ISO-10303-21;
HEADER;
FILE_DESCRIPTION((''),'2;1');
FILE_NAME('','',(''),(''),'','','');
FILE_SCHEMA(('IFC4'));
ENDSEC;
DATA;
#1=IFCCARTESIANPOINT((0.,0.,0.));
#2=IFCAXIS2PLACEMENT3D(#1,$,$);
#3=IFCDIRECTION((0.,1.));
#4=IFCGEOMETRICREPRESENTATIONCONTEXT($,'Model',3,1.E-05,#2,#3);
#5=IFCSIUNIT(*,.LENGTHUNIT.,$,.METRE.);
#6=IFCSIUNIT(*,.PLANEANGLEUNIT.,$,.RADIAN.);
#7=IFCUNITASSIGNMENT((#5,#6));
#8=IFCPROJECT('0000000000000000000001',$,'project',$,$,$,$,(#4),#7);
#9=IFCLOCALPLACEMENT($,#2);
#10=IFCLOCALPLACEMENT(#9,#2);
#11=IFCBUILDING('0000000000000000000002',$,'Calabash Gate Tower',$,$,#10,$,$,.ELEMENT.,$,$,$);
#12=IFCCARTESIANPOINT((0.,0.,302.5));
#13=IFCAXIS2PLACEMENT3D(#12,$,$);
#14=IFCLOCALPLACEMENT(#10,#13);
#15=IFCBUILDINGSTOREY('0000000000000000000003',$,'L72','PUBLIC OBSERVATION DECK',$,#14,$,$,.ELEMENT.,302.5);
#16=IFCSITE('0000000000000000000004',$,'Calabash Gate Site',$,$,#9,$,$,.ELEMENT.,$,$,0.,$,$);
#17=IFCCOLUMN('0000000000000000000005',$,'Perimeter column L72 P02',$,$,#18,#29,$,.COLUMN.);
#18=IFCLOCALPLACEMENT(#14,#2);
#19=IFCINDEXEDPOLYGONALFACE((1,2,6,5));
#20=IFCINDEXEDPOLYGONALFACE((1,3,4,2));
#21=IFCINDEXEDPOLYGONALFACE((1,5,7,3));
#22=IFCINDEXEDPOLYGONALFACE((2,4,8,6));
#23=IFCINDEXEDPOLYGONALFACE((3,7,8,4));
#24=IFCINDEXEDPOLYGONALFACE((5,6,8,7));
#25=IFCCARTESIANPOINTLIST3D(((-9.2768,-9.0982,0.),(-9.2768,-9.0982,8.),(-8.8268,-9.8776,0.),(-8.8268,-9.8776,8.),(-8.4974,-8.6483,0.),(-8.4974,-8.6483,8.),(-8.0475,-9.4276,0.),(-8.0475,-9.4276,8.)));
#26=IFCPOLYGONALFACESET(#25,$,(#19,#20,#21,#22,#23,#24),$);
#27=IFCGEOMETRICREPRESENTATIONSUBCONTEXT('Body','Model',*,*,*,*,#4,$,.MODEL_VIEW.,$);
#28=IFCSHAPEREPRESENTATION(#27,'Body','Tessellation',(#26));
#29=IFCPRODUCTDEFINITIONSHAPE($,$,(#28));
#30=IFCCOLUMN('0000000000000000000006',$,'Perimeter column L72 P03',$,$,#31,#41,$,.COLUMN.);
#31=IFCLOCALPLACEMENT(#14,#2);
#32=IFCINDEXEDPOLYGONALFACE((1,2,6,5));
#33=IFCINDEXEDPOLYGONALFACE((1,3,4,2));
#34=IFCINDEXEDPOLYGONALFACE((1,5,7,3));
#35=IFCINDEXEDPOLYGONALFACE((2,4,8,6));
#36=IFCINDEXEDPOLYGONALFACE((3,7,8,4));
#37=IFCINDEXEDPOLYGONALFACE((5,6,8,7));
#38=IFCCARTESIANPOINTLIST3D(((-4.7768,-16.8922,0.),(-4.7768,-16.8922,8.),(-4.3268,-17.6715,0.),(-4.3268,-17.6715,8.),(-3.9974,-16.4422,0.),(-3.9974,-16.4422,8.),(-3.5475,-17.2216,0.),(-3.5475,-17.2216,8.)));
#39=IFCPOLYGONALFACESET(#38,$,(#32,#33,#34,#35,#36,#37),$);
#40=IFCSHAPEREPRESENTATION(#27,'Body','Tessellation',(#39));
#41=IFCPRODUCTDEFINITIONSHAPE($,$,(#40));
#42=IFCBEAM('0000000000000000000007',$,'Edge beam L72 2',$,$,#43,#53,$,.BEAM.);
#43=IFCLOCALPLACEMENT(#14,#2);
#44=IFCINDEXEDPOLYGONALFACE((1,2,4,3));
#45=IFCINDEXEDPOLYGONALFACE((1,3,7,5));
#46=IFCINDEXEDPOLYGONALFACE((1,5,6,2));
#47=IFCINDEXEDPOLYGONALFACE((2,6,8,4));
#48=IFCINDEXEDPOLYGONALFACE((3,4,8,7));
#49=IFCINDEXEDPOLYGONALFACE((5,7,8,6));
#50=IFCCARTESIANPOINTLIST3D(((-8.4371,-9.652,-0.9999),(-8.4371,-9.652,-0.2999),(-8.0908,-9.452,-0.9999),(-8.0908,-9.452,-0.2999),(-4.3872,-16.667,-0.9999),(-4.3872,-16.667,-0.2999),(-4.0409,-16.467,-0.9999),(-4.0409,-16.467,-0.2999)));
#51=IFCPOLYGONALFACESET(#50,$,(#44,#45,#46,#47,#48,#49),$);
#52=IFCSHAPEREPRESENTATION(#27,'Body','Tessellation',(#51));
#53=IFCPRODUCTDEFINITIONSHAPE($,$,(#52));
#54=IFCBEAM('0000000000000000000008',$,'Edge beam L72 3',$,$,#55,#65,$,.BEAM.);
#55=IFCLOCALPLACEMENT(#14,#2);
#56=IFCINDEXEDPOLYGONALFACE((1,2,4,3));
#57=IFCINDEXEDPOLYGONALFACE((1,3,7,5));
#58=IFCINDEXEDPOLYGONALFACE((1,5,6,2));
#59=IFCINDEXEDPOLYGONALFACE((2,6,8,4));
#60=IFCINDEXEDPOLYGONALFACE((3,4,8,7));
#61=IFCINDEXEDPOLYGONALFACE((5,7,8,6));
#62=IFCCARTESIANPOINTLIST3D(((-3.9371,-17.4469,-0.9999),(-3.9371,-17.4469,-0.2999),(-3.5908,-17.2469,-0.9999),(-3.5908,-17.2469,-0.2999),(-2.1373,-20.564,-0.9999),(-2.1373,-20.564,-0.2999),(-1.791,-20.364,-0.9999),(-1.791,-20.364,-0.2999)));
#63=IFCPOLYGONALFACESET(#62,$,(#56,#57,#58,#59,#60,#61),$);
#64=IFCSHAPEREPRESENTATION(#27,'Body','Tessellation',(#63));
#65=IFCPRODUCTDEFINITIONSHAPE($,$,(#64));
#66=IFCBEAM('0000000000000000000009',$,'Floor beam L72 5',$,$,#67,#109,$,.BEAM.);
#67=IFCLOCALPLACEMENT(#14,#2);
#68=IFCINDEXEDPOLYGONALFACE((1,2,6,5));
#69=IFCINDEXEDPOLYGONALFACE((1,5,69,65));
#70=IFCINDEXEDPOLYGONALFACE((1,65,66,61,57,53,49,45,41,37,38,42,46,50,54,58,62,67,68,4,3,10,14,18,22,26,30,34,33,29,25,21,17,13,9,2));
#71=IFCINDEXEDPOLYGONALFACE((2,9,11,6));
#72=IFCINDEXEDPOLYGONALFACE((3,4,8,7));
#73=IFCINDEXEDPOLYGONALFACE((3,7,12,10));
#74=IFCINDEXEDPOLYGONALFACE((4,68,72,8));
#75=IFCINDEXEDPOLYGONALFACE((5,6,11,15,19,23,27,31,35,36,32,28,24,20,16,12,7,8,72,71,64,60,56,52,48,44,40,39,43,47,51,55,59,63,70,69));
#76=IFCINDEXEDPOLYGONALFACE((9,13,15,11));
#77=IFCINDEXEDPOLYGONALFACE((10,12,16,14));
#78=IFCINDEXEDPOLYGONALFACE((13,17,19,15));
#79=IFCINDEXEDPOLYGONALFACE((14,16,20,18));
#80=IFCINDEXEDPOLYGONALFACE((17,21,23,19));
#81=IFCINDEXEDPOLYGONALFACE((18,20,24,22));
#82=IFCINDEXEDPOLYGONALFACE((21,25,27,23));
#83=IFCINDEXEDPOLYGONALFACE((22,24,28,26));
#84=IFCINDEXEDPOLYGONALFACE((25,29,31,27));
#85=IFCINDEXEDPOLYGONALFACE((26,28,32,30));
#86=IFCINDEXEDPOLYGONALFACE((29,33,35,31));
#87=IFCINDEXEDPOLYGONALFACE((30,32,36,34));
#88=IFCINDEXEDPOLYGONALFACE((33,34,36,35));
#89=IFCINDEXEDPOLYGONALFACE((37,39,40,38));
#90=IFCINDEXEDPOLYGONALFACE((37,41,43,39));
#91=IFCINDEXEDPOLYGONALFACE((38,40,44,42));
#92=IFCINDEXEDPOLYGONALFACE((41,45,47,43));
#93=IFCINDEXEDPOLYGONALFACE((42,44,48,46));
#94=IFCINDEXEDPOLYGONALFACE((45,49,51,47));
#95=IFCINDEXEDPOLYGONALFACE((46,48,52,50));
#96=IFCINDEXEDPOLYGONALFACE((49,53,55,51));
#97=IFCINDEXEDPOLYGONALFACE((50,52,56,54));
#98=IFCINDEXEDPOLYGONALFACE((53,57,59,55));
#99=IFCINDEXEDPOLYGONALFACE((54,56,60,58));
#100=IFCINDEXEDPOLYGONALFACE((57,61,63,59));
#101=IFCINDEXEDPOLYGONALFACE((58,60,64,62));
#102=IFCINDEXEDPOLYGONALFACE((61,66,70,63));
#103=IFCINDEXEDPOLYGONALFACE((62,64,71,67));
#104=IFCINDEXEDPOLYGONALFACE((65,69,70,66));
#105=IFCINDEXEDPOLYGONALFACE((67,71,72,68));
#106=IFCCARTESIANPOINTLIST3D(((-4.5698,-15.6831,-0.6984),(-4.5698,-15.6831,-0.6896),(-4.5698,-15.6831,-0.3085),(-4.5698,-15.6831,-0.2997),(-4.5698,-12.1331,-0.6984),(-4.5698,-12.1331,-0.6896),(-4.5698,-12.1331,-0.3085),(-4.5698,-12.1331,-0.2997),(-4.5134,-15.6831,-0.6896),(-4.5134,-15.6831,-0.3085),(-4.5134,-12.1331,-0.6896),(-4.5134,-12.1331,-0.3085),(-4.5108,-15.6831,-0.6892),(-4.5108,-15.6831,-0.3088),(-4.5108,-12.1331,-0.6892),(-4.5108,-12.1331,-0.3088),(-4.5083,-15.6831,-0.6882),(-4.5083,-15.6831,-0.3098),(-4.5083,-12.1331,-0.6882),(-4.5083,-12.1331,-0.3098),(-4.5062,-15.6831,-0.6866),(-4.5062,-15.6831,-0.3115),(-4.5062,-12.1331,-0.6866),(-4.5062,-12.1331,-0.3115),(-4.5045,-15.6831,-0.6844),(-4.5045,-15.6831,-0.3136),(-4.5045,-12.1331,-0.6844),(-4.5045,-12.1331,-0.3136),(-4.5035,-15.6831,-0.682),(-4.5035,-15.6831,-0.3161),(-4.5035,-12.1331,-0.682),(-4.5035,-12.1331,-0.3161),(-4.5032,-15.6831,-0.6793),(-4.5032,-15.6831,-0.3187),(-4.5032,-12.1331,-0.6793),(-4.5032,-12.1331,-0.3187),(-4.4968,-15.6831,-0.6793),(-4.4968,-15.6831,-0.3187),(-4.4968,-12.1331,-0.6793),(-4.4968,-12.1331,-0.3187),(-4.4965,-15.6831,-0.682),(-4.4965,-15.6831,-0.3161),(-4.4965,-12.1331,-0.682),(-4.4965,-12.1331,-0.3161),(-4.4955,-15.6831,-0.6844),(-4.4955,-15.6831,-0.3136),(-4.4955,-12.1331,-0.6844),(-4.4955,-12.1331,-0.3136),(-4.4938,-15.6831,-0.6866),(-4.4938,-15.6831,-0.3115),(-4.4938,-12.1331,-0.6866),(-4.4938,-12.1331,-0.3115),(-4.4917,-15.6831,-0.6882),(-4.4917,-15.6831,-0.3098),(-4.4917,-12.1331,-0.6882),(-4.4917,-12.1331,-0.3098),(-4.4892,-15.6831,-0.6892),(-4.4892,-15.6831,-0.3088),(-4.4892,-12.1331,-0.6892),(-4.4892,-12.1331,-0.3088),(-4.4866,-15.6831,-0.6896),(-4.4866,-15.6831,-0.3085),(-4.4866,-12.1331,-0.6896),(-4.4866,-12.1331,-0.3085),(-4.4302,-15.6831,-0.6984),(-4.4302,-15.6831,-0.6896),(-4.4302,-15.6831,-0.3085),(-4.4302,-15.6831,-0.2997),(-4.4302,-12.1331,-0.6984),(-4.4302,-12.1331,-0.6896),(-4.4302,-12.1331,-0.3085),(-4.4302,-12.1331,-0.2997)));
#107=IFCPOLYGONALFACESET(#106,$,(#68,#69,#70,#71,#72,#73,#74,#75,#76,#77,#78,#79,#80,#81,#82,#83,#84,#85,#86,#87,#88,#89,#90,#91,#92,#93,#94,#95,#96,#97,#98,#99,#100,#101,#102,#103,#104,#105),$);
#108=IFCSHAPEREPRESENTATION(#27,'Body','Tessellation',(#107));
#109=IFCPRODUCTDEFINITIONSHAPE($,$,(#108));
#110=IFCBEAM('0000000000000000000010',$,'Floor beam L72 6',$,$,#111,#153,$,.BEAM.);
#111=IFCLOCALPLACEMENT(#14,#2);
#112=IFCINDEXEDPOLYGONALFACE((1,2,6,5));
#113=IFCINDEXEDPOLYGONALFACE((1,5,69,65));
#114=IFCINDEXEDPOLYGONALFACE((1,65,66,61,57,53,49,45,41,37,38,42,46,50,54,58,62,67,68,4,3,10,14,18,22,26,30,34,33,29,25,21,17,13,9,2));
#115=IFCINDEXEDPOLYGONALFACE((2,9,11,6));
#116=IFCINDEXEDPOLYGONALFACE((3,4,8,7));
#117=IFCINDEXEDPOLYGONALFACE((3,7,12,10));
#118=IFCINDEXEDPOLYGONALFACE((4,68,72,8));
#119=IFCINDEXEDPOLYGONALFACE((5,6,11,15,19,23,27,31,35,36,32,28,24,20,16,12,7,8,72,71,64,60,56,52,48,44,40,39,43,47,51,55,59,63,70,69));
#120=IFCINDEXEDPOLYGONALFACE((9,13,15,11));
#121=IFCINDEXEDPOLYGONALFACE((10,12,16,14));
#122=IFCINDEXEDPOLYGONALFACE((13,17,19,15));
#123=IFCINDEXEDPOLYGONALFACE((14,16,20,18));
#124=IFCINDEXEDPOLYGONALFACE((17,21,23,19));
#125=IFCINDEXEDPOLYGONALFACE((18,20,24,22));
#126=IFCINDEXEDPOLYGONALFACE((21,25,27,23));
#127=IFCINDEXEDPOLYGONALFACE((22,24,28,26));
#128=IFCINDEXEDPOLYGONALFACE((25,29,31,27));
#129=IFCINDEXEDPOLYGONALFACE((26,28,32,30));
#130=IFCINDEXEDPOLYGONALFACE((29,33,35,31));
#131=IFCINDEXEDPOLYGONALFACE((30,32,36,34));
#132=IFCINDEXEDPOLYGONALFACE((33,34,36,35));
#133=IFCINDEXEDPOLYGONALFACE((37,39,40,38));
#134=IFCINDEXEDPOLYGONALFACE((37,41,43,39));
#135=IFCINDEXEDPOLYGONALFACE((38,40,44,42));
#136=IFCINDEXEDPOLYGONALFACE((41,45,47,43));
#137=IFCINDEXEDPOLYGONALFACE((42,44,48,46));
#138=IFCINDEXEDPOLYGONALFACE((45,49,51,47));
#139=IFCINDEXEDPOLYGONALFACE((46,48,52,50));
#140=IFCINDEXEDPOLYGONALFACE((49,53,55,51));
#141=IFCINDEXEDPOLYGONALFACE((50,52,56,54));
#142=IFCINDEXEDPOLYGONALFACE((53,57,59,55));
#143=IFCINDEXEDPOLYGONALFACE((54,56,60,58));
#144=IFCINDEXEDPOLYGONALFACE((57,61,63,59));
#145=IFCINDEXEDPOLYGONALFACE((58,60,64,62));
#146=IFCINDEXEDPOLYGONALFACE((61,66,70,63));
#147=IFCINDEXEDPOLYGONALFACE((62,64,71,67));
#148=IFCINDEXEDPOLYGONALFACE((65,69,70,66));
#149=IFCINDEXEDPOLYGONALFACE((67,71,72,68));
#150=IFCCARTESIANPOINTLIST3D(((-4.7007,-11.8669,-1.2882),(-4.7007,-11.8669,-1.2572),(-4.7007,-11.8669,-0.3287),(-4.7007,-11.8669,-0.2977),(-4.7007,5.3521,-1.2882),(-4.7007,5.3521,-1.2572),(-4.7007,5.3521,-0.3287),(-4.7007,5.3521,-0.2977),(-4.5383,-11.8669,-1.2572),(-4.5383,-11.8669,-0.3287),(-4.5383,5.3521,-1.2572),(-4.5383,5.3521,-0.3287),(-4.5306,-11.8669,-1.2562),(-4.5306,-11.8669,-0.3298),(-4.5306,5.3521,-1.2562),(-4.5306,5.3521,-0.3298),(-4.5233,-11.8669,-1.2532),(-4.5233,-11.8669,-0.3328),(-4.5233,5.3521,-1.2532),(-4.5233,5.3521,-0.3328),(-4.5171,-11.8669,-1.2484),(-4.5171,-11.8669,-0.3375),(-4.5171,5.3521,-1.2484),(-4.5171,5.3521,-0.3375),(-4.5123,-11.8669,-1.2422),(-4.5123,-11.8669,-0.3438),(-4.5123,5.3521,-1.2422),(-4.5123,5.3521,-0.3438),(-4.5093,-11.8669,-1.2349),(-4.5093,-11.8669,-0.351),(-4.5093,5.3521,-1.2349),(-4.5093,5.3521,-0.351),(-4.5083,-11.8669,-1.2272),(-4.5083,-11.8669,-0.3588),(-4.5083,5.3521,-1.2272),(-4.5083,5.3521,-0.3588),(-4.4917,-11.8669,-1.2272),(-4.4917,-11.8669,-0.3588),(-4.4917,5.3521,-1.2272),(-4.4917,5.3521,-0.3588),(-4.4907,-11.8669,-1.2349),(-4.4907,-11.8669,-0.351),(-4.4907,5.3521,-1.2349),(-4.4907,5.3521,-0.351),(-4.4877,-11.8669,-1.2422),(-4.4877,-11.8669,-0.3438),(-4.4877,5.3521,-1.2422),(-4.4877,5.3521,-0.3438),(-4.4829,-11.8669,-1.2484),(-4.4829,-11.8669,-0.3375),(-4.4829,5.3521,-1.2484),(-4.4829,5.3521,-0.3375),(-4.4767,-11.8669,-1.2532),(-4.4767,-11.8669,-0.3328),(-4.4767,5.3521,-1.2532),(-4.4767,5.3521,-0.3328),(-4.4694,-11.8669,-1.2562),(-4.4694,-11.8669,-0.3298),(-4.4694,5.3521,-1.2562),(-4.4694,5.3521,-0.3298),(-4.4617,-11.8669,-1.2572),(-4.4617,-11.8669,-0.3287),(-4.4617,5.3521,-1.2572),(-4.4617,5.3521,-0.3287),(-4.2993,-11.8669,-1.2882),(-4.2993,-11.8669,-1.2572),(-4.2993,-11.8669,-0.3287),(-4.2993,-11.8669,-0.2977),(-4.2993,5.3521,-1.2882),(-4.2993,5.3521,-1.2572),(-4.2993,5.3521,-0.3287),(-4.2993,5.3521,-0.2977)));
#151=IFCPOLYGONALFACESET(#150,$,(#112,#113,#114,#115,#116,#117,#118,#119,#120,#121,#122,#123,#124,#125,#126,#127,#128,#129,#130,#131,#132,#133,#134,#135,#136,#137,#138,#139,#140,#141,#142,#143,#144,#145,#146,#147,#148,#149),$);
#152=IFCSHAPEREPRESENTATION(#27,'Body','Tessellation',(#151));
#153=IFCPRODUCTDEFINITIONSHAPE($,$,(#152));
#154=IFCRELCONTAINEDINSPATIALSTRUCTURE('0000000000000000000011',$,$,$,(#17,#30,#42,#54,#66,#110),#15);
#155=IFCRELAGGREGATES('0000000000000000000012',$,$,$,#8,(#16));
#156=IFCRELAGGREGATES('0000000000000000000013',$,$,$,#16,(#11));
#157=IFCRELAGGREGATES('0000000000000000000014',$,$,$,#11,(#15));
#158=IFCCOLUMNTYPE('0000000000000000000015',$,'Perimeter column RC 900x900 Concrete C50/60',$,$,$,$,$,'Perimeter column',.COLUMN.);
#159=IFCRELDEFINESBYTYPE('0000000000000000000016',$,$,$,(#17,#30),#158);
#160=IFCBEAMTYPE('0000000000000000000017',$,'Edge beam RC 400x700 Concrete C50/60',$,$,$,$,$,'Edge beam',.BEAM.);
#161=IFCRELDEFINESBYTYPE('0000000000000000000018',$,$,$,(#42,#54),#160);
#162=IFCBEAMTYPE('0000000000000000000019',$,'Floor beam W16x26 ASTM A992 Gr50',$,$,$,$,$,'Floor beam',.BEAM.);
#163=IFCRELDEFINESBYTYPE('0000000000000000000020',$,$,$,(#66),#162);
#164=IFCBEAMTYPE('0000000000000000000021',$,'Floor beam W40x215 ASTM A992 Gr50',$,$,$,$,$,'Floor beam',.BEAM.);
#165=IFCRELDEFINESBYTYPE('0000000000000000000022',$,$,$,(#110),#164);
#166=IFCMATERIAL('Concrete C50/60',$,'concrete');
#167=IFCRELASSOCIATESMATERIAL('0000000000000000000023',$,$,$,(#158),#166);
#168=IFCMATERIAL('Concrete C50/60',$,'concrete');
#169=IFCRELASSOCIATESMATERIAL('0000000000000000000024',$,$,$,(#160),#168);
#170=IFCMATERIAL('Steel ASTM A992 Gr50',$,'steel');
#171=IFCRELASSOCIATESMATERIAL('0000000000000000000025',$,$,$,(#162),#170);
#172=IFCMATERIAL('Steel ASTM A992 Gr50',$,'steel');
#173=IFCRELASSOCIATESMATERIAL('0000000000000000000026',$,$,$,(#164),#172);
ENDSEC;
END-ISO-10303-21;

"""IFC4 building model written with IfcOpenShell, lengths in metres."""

from ifc_helpers import new_model, si_unit, direction, frame, origin, origin_2d, place, context, subcontext, project, spatial, rectangle, i_section, extrude, material, material_profile, profile_set, type_object, element, save


model = new_model("IFC4")

# Units and contexts
model_context = context("Model", 3, precision=1e-05, world=origin(), true_north=direction((0.0, 1.0)))
body_context = subcontext(model_context, "Body", "Model", "MODEL_VIEW")
ifc_project = project(units=[si_unit("LENGTHUNIT", "METRE"), si_unit("PLANEANGLEUNIT", "RADIAN")], contexts=[model_context])

# Site, building, storey
site_placement = place(None, origin())
site = spatial("IfcSite", under=ifc_project, at=site_placement, Name="Calabash Gate Site", CompositionType="ELEMENT", RefElevation=0.0)
building_placement = place(site_placement, origin())
building = spatial("IfcBuilding", under=site, at=building_placement, Name="Calabash Gate Tower", CompositionType="ELEMENT")
storey_placement = place(building_placement, frame((0.0, 0.0, 302.5)))
storey = spatial("IfcBuildingStorey", under=building, at=storey_placement, Name="L72", Description="PUBLIC OBSERVATION DECK", CompositionType="ELEMENT", Elevation=302.5)

# Columns
ifc_material_1 = material(Name="Concrete C50/60", Category="concrete")
ifc_material_profile_1 = material_profile(ifc_material_1, rectangle(XDim=0.8999, YDim=0.8999, at=origin_2d()))
ifc_profile_set_1 = profile_set([ifc_material_profile_1], Name="Concrete C50/60")
column_type = type_object("IfcColumnType", Name="Perimeter column RC 900x900 Concrete C50/60", ElementType="Perimeter column", PredefinedType="COLUMN", material=ifc_profile_set_1)
for number, where, z_axis, x_axis, name in (
    (1, (-8.6621, -9.2629, 0.0), (0.0, 0.0, 1.0), (0.5, -0.866025, 0.0), "Perimeter column L72 P02"),
    (2, (-4.1621, -17.0569, 0.0), (0.0, 0.0, 1.0), (0.5, -0.866025, 0.0), "Perimeter column L72 P03"),
):
    element("IfcColumn", number, at=place(storey_placement, frame(where, z_axis=z_axis, x_axis=x_axis)), inside=storey, type_object=column_type, Name=name, PredefinedType="COLUMN", context=body_context, shape_type="SweptSolid", body=[
        extrude(rectangle(XDim=0.8999, YDim=0.8999, at=origin_2d()), origin(), (0.0, 0.0, 1.0), 8.0),
    ])

# Beams
ifc_material_2 = material(Name="Concrete C50/60", Category="concrete")
ifc_material_profile_2 = material_profile(ifc_material_2, rectangle(XDim=0.3999, YDim=0.7, at=origin_2d()))
ifc_profile_set_2 = profile_set([ifc_material_profile_2], Name="Concrete C50/60")
beam_type_1 = type_object("IfcBeamType", Name="Edge beam RC 400x700 Concrete C50/60", ElementType="Edge beam", PredefinedType="BEAM", material=ifc_profile_set_2)
beam_1_placement = place(storey_placement, frame((-8.2639, -9.552, -0.6499), z_axis=(0.499977, -0.866039, 0.0), x_axis=(0.866039, 0.499977, 0.0)))
element("IfcBeam", 3, at=beam_1_placement, inside=storey, type_object=beam_type_1, Name="Edge beam L72 2", PredefinedType="BEAM", context=body_context, shape_type="SweptSolid", body=[
    extrude(rectangle(XDim=0.3999, YDim=0.7, at=origin_2d()), origin(), (0.0, 0.0, 1.0), 8.1001),
])
beam_2_placement = place(storey_placement, frame((-3.7639, -17.3469, -0.6499), z_axis=(0.50002, -0.866014, 0.0), x_axis=(0.866014, 0.50002, 0.0)))
element("IfcBeam", 4, at=beam_2_placement, inside=storey, type_object=beam_type_1, Name="Edge beam L72 3", PredefinedType="BEAM", context=body_context, shape_type="SweptSolid", body=[
    extrude(rectangle(XDim=0.3999, YDim=0.7, at=origin_2d()), origin(), (0.0, 0.0, 1.0), 3.5994),
])
ifc_material_3 = material(Name="Steel ASTM A992 Gr50", Category="steel")
ifc_material_profile_3 = material_profile(ifc_material_3, i_section(OverallWidth=0.1396, OverallDepth=0.3987, WebThickness=0.0063, FlangeThickness=0.0088, FilletRadius=0.0103, at=origin_2d()))
ifc_profile_set_3 = profile_set([ifc_material_profile_3], Name="Steel ASTM A992 Gr50")
beam_type_2 = type_object("IfcBeamType", Name="Floor beam W16x26 ASTM A992 Gr50", ElementType="Floor beam", PredefinedType="BEAM", material=ifc_profile_set_3)
beam_3_placement = place(storey_placement, frame((-4.5, -15.6831, -0.499), z_axis=(0.0, 1.0, 0.0), x_axis=(-1.0, 0.0, 0.0)))
element("IfcBeam", 5, at=beam_3_placement, inside=storey, type_object=beam_type_2, Name="Floor beam L72 5", PredefinedType="BEAM", context=body_context, shape_type="SweptSolid", body=[
    extrude(i_section(OverallWidth=0.1396, OverallDepth=0.3987, WebThickness=0.0063, FlangeThickness=0.0088, FilletRadius=0.0103, at=origin_2d()), origin(), (0.0, 0.0, 1.0), 3.55),
])
ifc_material_4 = material(Name="Steel ASTM A992 Gr50", Category="steel")
ifc_material_profile_4 = material_profile(ifc_material_4, i_section(OverallWidth=0.4014, OverallDepth=0.9905, WebThickness=0.0166, FlangeThickness=0.031, FilletRadius=0.03, at=origin_2d()))
ifc_profile_set_4 = profile_set([ifc_material_profile_4], Name="Steel ASTM A992 Gr50")
beam_type_3 = type_object("IfcBeamType", Name="Floor beam W40x215 ASTM A992 Gr50", ElementType="Floor beam", PredefinedType="BEAM", material=ifc_profile_set_4)
beam_4_placement = place(storey_placement, frame((-4.5, -11.8669, -0.793), z_axis=(0.0, 1.0, 0.0), x_axis=(-1.0, 0.0, 0.0)))
element("IfcBeam", 6, at=beam_4_placement, inside=storey, type_object=beam_type_3, Name="Floor beam L72 6", PredefinedType="BEAM", context=body_context, shape_type="SweptSolid", body=[
    extrude(i_section(OverallWidth=0.4014, OverallDepth=0.9905, WebThickness=0.0166, FlangeThickness=0.031, FilletRadius=0.03, at=origin_2d()), origin(), (0.0, 0.0, 1.0), 17.219),
])

save(model, "model.ifc")
